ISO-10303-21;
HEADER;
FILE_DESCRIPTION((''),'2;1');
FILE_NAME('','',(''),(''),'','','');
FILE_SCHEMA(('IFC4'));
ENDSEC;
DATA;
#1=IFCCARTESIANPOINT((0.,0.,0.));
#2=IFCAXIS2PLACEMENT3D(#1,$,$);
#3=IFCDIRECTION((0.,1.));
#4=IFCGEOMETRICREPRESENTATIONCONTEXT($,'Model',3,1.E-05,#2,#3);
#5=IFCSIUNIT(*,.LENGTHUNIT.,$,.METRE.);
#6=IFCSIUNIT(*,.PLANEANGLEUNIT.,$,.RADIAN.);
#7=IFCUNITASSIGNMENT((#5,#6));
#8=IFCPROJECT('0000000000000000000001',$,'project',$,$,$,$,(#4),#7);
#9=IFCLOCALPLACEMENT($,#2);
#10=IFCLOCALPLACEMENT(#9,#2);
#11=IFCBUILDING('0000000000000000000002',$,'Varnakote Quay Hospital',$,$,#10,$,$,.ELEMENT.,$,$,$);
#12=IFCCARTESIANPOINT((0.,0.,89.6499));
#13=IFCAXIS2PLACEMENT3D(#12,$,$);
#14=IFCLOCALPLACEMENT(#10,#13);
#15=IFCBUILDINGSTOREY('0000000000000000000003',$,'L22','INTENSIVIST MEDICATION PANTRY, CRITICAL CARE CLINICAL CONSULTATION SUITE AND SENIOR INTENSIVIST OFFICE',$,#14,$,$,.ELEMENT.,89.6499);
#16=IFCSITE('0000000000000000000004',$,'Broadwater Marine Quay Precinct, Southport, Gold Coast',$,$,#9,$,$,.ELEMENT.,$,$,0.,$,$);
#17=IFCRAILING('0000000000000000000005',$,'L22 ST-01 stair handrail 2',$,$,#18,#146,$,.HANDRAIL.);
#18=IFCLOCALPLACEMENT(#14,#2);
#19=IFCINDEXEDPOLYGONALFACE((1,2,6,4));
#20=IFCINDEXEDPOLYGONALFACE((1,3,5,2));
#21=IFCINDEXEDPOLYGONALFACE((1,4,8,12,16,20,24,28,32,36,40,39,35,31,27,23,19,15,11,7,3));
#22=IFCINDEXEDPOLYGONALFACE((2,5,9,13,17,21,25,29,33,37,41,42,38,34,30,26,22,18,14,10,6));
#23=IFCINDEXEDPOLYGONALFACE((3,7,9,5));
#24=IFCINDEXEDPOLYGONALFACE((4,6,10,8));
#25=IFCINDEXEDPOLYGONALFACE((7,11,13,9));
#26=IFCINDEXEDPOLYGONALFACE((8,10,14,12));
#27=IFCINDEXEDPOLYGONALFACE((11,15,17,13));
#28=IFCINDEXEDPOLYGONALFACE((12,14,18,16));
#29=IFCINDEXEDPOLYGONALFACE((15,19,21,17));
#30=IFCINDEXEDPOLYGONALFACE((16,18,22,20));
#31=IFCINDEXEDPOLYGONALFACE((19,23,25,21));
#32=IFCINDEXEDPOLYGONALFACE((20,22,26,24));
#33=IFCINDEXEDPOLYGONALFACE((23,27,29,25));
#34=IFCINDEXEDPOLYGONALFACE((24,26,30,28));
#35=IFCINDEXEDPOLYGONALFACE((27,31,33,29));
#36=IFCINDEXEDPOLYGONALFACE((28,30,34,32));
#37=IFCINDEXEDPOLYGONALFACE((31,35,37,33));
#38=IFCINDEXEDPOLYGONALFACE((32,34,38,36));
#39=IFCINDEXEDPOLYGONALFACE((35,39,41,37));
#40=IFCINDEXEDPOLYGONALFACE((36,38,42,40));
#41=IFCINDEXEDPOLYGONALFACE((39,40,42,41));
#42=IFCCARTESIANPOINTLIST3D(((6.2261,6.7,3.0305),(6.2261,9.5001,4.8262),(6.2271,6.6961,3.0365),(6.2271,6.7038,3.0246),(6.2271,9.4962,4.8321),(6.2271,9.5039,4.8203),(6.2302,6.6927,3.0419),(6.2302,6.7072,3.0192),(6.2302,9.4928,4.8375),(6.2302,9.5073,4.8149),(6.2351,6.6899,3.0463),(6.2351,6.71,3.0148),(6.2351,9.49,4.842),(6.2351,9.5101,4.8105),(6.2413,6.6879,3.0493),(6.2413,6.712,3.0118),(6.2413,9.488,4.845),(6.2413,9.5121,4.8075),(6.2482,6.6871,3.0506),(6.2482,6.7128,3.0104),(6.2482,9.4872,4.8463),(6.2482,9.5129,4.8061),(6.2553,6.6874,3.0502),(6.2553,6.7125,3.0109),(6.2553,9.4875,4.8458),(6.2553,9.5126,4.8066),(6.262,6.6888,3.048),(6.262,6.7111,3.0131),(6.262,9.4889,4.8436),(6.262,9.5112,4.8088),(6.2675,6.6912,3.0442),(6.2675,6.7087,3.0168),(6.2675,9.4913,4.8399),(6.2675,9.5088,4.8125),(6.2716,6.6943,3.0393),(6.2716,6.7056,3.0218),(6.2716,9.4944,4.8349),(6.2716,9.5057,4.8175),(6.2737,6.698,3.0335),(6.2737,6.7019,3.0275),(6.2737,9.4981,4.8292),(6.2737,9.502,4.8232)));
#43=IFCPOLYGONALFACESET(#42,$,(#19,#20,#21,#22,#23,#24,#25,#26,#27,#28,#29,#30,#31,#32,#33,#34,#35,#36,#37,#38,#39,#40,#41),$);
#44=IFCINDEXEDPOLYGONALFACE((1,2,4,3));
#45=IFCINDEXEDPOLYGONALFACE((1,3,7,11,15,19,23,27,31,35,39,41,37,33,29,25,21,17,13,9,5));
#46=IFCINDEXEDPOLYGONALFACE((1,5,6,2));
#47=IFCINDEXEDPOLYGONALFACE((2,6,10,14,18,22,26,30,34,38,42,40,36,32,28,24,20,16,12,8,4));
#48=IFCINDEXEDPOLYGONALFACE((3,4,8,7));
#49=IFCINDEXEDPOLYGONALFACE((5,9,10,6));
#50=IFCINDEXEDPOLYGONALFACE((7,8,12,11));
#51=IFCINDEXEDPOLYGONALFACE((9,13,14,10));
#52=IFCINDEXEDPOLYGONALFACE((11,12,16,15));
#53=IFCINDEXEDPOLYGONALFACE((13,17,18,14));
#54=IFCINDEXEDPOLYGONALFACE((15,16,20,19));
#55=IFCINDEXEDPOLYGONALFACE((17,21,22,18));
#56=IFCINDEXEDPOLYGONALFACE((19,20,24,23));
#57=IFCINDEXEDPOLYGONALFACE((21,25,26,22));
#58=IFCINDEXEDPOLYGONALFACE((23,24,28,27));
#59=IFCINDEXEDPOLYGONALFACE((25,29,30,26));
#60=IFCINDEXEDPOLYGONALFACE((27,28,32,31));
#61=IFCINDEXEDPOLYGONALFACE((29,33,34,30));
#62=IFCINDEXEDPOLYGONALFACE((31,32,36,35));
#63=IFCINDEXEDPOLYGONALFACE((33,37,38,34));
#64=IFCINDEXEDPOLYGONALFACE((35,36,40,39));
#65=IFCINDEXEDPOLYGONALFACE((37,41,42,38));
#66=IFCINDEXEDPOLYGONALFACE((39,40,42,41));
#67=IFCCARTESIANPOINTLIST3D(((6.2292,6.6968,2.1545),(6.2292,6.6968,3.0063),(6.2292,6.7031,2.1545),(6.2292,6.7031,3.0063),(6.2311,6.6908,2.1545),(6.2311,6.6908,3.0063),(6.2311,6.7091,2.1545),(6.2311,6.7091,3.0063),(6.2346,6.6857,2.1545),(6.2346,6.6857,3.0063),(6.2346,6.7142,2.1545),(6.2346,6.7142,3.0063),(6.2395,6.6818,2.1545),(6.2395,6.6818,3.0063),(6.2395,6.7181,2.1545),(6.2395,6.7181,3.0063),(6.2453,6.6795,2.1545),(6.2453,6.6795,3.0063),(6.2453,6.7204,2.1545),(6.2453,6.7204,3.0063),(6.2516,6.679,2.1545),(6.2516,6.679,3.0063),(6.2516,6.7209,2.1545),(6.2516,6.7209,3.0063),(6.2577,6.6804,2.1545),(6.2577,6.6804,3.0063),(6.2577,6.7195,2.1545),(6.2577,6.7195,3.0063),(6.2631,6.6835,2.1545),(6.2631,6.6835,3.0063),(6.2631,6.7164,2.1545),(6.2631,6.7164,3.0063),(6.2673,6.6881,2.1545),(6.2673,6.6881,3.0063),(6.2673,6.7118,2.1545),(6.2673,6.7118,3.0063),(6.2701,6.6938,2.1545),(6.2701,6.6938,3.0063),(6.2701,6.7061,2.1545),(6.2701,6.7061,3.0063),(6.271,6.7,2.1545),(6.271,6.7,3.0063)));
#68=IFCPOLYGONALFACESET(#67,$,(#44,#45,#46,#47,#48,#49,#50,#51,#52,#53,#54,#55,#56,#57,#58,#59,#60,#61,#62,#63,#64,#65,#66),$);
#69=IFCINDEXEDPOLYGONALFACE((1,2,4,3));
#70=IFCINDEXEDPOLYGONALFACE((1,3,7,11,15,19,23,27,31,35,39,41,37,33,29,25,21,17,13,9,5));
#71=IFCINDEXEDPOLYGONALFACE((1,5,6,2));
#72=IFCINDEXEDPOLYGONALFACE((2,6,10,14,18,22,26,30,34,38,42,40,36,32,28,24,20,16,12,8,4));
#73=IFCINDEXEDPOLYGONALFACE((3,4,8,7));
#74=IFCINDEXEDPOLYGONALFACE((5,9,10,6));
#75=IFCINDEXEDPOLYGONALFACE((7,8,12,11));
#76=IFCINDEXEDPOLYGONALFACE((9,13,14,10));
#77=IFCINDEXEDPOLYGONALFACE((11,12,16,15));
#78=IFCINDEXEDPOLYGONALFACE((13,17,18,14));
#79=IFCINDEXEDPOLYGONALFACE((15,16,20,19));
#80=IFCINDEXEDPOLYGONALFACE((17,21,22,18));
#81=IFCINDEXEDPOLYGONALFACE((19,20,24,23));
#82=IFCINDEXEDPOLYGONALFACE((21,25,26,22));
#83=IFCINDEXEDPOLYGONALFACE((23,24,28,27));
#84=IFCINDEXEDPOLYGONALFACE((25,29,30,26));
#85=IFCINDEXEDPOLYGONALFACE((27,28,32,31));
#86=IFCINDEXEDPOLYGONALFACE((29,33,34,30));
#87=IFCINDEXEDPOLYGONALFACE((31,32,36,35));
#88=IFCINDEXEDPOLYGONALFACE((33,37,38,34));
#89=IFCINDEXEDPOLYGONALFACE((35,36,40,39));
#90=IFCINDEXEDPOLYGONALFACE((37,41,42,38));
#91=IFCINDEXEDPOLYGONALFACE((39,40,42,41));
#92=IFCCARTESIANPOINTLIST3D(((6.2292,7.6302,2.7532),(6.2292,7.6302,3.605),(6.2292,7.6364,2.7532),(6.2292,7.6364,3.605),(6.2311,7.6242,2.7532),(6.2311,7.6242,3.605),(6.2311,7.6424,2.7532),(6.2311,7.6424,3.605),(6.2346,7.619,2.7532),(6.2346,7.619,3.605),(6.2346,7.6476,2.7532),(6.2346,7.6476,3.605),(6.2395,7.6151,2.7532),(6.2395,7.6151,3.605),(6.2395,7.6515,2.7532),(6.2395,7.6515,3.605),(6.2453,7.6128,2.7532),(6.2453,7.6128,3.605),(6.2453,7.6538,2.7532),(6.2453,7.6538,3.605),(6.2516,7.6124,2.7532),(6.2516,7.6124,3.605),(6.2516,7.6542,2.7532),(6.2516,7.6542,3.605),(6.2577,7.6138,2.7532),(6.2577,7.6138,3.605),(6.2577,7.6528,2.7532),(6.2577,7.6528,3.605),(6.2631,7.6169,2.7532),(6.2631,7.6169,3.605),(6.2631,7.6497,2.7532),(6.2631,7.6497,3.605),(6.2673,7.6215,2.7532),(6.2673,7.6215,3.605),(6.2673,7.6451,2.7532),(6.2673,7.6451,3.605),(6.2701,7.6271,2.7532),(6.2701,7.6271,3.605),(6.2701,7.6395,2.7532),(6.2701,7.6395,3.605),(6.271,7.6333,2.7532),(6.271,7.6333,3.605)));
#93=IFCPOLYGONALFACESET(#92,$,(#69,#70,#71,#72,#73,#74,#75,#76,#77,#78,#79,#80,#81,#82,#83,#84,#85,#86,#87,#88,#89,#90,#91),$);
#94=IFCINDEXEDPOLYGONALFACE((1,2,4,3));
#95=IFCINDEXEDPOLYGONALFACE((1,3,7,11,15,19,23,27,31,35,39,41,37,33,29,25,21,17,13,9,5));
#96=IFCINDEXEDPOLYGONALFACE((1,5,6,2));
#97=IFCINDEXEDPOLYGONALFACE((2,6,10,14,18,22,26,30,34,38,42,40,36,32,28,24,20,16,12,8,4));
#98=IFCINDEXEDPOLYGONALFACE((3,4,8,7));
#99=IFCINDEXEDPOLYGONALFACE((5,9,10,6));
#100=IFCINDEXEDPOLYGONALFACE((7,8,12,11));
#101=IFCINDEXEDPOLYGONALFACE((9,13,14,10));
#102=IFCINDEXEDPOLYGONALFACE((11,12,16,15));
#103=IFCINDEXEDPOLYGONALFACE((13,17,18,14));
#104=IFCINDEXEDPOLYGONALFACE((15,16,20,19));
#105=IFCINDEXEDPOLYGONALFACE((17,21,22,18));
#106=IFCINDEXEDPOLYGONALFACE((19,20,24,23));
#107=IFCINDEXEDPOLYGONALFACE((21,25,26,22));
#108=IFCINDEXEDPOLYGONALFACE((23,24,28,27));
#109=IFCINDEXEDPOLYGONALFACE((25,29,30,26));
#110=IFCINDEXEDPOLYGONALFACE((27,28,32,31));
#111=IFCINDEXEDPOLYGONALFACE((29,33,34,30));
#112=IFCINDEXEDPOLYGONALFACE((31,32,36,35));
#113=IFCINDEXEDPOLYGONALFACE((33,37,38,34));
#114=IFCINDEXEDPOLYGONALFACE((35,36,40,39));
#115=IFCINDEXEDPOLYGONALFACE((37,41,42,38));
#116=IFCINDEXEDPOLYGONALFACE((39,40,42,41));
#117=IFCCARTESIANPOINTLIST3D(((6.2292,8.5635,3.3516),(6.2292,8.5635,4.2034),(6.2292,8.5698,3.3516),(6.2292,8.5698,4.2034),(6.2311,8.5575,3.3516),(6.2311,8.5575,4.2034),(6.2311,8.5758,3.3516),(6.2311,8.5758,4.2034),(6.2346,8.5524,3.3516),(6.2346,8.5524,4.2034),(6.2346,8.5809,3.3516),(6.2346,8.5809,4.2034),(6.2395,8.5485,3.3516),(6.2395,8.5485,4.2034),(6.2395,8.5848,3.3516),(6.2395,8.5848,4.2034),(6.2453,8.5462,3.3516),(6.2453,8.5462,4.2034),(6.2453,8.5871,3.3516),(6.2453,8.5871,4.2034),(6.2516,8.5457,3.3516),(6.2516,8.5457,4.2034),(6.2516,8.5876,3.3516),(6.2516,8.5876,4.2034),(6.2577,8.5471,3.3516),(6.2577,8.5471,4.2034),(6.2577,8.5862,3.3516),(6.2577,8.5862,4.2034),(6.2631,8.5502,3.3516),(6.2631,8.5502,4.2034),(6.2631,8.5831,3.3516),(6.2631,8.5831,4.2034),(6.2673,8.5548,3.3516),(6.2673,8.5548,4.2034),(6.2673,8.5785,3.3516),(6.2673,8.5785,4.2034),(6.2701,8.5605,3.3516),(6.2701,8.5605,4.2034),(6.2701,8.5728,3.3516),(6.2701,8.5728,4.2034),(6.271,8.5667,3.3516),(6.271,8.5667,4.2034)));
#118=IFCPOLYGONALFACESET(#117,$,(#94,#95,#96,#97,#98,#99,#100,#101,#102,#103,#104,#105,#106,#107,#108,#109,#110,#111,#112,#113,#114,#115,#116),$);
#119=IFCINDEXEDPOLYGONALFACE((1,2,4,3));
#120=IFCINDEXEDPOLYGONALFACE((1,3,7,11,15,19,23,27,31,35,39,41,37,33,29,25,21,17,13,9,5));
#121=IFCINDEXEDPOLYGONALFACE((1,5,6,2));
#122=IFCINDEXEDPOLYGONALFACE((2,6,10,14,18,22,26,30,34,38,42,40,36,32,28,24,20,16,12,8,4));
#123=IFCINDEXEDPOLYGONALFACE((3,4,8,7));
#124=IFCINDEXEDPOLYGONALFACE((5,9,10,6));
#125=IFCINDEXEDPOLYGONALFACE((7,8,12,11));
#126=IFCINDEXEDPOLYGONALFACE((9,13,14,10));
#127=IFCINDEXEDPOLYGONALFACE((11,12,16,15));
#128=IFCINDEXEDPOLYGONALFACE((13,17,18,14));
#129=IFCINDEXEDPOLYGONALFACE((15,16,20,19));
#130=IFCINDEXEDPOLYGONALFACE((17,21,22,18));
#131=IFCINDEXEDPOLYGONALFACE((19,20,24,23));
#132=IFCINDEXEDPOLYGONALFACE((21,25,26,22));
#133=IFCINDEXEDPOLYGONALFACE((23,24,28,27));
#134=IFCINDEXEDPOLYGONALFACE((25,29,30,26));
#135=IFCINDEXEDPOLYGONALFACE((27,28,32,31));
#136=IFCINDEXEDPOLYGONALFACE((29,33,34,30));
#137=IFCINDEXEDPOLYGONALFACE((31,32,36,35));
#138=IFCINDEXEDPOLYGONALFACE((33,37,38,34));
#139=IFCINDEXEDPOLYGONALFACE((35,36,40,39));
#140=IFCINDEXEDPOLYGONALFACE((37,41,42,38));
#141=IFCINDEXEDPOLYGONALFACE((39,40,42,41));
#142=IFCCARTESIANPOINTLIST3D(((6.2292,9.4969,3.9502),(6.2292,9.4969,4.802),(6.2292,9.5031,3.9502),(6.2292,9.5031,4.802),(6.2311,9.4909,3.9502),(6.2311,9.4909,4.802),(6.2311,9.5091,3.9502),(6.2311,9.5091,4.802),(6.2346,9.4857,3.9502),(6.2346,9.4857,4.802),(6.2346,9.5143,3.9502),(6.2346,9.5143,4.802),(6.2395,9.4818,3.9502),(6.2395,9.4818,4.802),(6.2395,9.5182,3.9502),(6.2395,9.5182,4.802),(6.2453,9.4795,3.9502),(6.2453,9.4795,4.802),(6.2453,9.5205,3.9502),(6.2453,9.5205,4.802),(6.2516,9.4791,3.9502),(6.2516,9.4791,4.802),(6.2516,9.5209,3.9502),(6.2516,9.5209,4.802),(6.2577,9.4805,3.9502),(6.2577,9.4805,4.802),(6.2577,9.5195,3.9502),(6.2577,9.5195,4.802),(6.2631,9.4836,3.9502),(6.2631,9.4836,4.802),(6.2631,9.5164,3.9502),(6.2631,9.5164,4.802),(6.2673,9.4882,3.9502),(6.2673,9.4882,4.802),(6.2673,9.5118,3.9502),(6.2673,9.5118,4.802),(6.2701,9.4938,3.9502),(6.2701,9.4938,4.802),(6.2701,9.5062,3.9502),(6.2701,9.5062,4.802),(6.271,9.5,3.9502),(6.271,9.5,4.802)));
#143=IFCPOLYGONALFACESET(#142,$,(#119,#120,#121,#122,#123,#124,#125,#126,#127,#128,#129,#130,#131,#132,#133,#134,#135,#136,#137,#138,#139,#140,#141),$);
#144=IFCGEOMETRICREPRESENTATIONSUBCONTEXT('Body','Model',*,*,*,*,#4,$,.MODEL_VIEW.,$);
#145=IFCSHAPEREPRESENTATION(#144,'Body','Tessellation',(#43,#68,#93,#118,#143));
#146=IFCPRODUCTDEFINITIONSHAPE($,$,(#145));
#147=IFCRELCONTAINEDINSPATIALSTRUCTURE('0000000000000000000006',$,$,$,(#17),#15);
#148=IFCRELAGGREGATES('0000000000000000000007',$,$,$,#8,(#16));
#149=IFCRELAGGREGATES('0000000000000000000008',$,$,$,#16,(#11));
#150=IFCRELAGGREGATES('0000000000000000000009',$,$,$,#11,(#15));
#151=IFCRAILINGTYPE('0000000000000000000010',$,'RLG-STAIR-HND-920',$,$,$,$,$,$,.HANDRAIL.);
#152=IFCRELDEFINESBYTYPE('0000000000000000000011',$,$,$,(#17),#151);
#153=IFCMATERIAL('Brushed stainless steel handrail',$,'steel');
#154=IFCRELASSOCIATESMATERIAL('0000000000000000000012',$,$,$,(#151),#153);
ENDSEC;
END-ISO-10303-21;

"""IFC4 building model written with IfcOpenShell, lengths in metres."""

from ifc_helpers import new_model, si_unit, direction, frame, origin, origin_2d, place, context, subcontext, project, spatial, circle, extrude, material, type_object, element, save


model = new_model("IFC4")

# Units and contexts
model_context = context("Model", 3, precision=1e-05, world=origin(), true_north=direction((0.0, 1.0)))
body_context = subcontext(model_context, "Body", "Model", "MODEL_VIEW")
ifc_project = project(units=[si_unit("LENGTHUNIT", "METRE"), si_unit("PLANEANGLEUNIT", "RADIAN")], contexts=[model_context])

# Site, building, storey
site_placement = place(None, origin())
site = spatial("IfcSite", under=ifc_project, at=site_placement, Name="Broadwater Marine Quay Precinct, Southport, Gold Coast", CompositionType="ELEMENT", RefElevation=0.0)
building_placement = place(site_placement, origin())
building = spatial("IfcBuilding", under=site, at=building_placement, Name="Varnakote Quay Hospital", CompositionType="ELEMENT")
storey_placement = place(building_placement, frame((0.0, 0.0, 89.6499)))
storey = spatial("IfcBuildingStorey", under=building, at=storey_placement, Name="L22", Description="INTENSIVIST MEDICATION PANTRY, CRITICAL CARE CLINICAL CONSULTATION SUITE AND SENIOR INTENSIVIST OFFICE", CompositionType="ELEMENT", Elevation=89.6499)

# Railing
ifc_material_1 = material(Name="Brushed stainless steel handrail", Category="steel")
railing_type_1 = type_object("IfcRailingType", Name="RLG-STAIR-HND-920", PredefinedType="HANDRAIL", material=ifc_material_1)
railing_1_placement = place(storey_placement, frame((6.25, 6.7, 2.1545)))
element("IfcRailing", 1, at=railing_1_placement, inside=storey, type_object=railing_type_1, Name="L22 ST-01 stair handrail 2", PredefinedType="HANDRAIL", context=body_context, shape_type="SweptSolid", body=[
    extrude(circle(Radius=0.0239, at=origin_2d()), frame((0.0, 0.0, 0.876), z_axis=(0.0, 0.841777, 0.539826), x_axis=(-1.0, 0.0, 0.0)), (0.0, 0.0, 1.0), 3.3264),
    extrude(circle(Radius=0.021, at=origin_2d()), origin(), (0.0, 0.0, 1.0), 0.8518),
    extrude(circle(Radius=0.021, at=origin_2d()), frame((0.0, 0.9333, 0.5986)), (0.0, 0.0, 1.0), 0.8518),
    extrude(circle(Radius=0.021, at=origin_2d()), frame((0.0, 1.8667, 1.197)), (0.0, 0.0, 1.0), 0.8518),
    extrude(circle(Radius=0.021, at=origin_2d()), frame((0.0, 2.8, 1.7957)), (0.0, 0.0, 1.0), 0.8518),
])

save(model, "model.ifc")
